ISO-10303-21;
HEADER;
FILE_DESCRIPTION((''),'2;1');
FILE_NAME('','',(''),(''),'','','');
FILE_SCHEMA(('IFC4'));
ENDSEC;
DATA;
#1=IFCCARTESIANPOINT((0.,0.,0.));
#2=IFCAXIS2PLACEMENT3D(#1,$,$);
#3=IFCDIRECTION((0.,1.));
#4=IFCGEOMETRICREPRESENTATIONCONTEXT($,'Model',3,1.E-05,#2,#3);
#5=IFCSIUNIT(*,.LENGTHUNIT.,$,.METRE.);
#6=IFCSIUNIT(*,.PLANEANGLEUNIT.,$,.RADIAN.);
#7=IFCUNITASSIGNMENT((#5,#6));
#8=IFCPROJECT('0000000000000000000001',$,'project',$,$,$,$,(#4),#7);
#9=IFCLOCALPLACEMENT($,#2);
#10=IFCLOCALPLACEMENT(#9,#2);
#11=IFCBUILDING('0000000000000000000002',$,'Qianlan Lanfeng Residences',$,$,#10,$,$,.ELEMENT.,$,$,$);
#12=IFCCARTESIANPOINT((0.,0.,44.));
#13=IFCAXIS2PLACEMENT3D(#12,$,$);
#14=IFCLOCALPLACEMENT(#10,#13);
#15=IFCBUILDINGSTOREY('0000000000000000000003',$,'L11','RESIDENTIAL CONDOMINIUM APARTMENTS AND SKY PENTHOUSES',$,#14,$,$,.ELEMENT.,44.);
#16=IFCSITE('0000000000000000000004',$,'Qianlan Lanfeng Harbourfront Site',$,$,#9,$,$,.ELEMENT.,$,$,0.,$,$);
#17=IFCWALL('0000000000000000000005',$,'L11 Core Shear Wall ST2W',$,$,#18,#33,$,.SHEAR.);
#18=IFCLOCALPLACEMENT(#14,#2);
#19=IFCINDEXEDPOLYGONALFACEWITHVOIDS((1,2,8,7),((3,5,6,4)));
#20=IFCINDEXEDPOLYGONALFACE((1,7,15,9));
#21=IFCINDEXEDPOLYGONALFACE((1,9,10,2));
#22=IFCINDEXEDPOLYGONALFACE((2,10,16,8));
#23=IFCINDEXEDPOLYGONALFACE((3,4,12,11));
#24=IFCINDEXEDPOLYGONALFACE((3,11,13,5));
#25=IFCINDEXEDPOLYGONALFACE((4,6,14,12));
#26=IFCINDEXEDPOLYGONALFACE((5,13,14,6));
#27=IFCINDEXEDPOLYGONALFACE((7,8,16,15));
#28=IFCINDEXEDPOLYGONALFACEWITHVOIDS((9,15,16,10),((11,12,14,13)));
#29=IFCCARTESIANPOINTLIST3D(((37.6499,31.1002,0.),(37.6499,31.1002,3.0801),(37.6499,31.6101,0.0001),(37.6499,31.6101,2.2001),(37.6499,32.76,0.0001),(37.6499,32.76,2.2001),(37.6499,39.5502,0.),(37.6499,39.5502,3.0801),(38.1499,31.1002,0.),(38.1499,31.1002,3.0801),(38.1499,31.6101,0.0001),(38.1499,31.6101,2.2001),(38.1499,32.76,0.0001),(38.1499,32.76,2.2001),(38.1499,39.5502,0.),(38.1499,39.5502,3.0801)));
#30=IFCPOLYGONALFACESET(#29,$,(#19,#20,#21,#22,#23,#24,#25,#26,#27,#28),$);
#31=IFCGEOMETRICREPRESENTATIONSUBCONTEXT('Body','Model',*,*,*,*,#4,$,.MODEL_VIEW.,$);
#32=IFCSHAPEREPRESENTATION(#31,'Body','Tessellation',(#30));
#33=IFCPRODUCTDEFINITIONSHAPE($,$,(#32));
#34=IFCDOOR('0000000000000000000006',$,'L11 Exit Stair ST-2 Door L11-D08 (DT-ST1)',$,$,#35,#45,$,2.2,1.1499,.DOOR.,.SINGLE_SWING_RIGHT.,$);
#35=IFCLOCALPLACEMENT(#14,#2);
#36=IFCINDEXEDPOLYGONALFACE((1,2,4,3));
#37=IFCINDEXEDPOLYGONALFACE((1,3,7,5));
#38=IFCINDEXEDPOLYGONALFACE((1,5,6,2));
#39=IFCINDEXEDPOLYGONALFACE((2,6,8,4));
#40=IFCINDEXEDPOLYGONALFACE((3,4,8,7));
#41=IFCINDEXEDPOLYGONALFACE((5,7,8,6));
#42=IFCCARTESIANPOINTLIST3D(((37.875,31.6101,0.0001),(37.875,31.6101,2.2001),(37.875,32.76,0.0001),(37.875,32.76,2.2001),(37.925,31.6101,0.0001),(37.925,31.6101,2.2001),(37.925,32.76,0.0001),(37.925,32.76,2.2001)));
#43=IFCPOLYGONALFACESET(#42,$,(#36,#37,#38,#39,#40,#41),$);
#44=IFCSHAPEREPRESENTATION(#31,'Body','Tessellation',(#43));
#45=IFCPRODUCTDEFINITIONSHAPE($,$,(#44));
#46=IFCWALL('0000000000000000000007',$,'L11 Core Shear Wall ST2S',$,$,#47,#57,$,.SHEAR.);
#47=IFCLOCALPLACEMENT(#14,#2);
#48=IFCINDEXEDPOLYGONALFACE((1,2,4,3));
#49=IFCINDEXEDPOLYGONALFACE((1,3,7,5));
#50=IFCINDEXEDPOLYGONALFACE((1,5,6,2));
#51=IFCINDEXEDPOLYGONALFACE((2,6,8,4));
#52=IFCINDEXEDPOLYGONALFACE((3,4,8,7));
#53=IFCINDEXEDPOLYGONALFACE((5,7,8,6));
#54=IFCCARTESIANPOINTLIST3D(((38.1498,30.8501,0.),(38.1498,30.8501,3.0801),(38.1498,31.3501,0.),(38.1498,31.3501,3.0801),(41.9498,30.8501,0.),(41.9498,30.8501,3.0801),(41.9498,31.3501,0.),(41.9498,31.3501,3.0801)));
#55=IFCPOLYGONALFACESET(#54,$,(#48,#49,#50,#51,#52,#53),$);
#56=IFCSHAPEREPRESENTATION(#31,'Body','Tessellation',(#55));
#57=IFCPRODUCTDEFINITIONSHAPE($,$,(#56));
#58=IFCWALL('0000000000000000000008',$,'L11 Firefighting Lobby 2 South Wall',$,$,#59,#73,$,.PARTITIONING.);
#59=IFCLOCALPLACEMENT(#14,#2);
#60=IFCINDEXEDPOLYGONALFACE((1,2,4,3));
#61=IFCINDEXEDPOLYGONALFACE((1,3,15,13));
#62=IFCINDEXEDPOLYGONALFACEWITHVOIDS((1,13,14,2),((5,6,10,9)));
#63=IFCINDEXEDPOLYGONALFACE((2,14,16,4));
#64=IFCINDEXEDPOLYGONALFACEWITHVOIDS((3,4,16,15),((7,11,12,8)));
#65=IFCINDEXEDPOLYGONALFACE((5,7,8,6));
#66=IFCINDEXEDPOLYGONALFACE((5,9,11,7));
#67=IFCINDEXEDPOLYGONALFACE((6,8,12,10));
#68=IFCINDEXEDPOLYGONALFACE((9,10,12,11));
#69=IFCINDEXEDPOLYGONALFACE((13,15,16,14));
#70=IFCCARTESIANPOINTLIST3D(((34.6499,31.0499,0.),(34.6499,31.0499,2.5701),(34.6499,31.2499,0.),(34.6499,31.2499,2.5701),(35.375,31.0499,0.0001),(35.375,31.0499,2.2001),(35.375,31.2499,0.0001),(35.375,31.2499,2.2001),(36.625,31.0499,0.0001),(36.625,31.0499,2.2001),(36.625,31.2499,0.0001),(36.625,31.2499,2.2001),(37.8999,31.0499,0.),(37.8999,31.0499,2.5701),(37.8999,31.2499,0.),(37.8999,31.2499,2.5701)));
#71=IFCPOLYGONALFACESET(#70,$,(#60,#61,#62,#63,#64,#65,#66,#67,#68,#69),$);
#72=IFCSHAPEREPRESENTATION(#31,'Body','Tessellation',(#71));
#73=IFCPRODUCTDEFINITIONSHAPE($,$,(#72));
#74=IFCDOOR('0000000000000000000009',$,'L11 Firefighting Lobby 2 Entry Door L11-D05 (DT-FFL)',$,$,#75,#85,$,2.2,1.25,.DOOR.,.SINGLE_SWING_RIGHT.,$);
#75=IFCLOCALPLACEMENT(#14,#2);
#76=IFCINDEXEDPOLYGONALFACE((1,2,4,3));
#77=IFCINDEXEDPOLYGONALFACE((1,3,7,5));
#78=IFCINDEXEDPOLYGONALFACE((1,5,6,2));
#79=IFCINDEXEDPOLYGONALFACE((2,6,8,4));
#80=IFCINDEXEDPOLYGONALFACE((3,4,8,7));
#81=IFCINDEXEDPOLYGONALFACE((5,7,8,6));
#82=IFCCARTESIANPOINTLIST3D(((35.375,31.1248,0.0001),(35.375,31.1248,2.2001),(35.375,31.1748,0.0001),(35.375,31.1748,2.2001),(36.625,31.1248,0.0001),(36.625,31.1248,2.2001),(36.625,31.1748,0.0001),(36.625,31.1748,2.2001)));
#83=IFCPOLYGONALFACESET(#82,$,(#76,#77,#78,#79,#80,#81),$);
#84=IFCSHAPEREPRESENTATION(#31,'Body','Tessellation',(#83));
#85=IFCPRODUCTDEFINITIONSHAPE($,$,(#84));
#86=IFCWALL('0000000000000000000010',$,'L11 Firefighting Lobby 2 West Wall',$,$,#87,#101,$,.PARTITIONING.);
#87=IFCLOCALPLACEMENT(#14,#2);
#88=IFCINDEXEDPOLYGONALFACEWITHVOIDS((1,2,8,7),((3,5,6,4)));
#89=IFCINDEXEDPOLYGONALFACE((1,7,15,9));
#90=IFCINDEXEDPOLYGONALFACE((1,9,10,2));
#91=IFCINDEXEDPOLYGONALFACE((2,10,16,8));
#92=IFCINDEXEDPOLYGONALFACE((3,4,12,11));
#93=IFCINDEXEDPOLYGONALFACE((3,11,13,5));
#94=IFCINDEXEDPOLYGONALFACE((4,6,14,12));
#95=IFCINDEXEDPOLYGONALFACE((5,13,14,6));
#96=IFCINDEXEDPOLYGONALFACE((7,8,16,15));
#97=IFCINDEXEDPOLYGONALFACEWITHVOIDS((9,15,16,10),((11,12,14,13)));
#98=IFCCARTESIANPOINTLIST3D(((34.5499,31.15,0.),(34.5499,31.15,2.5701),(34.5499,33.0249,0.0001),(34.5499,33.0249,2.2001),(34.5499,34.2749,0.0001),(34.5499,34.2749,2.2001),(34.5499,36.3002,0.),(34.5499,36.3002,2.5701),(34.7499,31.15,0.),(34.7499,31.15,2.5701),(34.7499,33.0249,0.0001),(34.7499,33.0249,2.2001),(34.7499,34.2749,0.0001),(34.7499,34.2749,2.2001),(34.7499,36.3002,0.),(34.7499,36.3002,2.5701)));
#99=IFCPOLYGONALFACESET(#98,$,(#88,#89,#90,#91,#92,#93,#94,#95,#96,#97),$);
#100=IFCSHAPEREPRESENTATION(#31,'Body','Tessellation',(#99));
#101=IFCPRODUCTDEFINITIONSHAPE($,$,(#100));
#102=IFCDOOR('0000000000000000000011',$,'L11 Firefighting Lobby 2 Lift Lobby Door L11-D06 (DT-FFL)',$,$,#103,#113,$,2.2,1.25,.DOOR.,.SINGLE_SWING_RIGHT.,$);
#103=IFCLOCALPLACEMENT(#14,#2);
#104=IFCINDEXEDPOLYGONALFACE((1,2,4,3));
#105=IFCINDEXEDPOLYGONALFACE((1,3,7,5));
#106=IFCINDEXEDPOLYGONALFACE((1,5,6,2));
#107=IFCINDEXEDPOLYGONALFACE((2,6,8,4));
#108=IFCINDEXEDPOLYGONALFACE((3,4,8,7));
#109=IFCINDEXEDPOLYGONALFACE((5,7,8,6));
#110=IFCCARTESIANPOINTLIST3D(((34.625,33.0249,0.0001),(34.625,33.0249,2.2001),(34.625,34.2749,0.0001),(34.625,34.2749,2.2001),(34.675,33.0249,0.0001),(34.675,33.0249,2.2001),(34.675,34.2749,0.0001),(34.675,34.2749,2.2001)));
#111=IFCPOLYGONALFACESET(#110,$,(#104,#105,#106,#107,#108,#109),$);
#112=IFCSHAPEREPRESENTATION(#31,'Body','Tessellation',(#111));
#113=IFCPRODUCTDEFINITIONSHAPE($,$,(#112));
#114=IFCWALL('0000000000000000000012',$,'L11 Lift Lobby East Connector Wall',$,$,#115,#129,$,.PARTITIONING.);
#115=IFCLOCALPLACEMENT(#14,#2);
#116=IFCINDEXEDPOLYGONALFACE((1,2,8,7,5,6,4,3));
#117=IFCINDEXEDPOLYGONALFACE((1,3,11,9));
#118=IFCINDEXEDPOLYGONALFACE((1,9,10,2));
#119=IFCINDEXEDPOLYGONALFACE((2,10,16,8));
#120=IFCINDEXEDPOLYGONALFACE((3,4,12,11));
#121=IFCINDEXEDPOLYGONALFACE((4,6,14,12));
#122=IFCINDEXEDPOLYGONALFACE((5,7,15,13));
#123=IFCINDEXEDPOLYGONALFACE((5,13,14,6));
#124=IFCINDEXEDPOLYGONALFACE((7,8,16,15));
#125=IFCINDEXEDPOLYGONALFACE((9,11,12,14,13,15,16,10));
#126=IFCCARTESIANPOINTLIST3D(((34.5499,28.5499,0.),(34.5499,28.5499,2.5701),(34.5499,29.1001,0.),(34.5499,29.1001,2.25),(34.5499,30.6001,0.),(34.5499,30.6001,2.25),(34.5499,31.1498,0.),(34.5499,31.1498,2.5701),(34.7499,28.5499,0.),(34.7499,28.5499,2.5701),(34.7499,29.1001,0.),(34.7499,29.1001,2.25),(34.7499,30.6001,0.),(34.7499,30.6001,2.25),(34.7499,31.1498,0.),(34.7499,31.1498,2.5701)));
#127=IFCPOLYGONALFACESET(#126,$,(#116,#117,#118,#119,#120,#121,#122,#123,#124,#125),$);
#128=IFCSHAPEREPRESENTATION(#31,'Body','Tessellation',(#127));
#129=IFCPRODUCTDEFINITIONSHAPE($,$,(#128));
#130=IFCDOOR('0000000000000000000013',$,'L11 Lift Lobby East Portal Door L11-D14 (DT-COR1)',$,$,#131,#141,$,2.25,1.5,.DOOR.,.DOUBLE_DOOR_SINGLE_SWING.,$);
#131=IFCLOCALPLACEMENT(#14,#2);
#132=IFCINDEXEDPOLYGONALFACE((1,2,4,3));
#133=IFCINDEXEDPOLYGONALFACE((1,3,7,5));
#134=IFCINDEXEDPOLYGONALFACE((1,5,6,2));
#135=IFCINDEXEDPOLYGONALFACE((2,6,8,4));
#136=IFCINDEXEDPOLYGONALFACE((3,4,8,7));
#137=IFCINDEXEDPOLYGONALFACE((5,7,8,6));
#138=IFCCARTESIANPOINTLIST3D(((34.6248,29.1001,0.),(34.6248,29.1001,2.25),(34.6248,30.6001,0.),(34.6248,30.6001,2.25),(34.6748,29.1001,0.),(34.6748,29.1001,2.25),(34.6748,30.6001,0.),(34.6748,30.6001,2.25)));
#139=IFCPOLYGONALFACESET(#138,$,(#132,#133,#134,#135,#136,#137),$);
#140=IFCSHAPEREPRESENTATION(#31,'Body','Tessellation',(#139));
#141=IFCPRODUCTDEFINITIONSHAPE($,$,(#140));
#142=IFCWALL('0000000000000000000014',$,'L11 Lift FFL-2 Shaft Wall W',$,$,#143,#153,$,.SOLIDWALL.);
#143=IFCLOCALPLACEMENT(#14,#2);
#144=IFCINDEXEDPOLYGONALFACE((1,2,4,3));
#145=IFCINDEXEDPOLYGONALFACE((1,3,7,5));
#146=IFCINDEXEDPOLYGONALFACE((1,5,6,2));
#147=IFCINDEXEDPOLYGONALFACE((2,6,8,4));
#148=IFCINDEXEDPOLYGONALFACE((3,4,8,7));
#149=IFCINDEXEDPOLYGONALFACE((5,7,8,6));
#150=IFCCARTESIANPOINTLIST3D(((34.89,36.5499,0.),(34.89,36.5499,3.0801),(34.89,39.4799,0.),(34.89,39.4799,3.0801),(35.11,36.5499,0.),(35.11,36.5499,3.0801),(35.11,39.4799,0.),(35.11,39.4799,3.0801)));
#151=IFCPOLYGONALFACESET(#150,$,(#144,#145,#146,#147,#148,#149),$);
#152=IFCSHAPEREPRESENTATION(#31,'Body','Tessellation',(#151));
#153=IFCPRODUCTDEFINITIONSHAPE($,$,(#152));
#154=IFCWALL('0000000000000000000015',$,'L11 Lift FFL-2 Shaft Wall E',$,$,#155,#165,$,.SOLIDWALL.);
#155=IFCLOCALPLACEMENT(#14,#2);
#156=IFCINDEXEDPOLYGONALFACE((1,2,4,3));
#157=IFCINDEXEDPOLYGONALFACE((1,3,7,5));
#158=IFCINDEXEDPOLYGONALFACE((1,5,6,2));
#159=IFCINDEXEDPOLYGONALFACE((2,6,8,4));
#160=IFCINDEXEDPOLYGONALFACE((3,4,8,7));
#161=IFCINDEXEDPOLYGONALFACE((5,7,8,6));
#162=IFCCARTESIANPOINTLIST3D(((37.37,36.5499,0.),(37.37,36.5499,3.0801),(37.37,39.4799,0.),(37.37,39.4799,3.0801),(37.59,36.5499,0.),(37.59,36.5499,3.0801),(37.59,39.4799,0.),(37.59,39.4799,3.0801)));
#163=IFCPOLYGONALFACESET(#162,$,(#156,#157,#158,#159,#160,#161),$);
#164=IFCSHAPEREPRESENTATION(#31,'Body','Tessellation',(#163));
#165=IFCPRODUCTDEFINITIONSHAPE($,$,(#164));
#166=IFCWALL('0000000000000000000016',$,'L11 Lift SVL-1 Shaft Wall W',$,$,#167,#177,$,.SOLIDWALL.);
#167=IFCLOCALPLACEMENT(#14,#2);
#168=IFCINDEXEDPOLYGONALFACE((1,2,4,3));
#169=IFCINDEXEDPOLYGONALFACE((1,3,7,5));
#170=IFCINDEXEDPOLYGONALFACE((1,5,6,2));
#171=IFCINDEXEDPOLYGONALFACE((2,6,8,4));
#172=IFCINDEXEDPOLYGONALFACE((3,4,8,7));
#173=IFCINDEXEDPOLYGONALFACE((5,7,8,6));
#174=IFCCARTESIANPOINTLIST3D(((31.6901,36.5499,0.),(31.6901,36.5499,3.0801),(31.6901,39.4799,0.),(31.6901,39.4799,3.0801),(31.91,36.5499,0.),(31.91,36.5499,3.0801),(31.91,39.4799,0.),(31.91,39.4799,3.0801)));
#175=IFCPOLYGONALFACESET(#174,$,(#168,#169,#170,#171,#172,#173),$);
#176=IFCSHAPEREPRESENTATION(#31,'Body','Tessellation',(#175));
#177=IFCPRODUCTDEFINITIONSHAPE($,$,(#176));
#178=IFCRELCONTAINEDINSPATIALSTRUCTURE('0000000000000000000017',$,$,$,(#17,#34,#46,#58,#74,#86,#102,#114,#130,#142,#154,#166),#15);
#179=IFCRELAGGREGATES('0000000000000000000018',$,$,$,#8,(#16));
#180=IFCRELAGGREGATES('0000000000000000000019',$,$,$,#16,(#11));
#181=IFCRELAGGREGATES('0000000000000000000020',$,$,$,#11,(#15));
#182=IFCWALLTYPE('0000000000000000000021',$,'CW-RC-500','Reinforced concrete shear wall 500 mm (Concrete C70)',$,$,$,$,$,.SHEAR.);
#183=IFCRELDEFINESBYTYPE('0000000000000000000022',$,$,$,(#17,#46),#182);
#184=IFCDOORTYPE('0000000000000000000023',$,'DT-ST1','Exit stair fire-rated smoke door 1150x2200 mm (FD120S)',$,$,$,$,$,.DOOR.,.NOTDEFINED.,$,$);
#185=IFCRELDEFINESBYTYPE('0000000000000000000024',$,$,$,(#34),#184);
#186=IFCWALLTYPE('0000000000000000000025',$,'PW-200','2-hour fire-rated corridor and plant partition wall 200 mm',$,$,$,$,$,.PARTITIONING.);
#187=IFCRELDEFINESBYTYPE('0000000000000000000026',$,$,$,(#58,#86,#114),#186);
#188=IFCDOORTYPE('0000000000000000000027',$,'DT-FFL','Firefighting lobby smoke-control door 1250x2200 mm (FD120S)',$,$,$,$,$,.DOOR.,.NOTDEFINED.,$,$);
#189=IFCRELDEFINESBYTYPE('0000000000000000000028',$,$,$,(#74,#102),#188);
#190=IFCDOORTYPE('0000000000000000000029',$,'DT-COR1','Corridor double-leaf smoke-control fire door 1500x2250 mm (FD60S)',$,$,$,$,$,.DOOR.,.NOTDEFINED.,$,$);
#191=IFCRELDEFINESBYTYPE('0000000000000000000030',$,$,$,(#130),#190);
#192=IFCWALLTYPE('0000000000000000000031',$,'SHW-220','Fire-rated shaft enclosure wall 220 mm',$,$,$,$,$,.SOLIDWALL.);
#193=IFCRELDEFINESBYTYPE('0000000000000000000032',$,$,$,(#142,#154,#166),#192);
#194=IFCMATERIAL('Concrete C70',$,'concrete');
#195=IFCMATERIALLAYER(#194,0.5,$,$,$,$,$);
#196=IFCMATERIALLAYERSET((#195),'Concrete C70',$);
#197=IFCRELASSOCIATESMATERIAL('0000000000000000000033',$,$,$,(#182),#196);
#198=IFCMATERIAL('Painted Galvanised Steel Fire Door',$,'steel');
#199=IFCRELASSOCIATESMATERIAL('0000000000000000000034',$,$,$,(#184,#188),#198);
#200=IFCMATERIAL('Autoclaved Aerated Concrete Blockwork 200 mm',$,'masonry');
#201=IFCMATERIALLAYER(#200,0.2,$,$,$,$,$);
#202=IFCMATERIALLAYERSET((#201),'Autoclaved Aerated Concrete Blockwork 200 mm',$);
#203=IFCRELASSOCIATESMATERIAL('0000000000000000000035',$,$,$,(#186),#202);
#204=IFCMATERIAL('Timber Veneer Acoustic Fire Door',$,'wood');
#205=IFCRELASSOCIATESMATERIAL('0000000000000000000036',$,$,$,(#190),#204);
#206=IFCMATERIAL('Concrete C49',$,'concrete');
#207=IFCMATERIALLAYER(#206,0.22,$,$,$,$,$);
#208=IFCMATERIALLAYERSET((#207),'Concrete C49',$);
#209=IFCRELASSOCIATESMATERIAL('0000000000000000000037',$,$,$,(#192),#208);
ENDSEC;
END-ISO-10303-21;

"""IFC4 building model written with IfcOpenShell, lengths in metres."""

from ifc_helpers import new_model, si_unit, direction, frame, frame_2d, origin, place, context, subcontext, project, spatial, rectangle, extrude, material, layer, layer_set, type_object, element, fill, save


model = new_model("IFC4")

# Units and contexts
model_context = context("Model", 3, precision=1e-05, world=origin(), true_north=direction((0.0, 1.0)))
body_context = subcontext(model_context, "Body", "Model", "MODEL_VIEW")
ifc_project = project(units=[si_unit("LENGTHUNIT", "METRE"), si_unit("PLANEANGLEUNIT", "RADIAN")], contexts=[model_context])

# Site, building, storey
site_placement = place(None, origin())
site = spatial("IfcSite", under=ifc_project, at=site_placement, Name="Qianlan Lanfeng Harbourfront Site", CompositionType="ELEMENT", RefElevation=0.0)
building_placement = place(site_placement, origin())
building = spatial("IfcBuilding", under=site, at=building_placement, Name="Qianlan Lanfeng Residences", CompositionType="ELEMENT")
storey_placement = place(building_placement, frame((0.0, 0.0, 44.0)))
storey = spatial("IfcBuildingStorey", under=building, at=storey_placement, Name="L11", Description="RESIDENTIAL CONDOMINIUM APARTMENTS AND SKY PENTHOUSES", CompositionType="ELEMENT", Elevation=44.0)

# Wall, opening, door
ifc_material_1 = material(Name="Concrete C70", Category="concrete")
ifc_layer_1 = layer(ifc_material_1, 0.5)
ifc_layer_set_1 = layer_set([ifc_layer_1], Name="Concrete C70")
wall_type_1 = type_object("IfcWallType", Name="CW-RC-500", Description="Reinforced concrete shear wall 500 mm (Concrete C70)", PredefinedType="SHEAR", material=ifc_layer_set_1)
wall_1_placement = place(storey_placement, frame((37.8999, 31.1001, 0.0), z_axis=(0.0, 0.0, 1.0), x_axis=(0.0, 1.0, 0.0)))
wall_1 = element("IfcWall", 1, at=wall_1_placement, inside=storey, type_object=wall_type_1, Name="L11 Core Shear Wall ST2W", PredefinedType="SHEAR", context=body_context, shape_type="SweptSolid", body=[
    extrude(rectangle(XDim=8.45, YDim=0.5, at=frame_2d((4.2251, 0.0))), origin(), (0.0, 0.0, 1.0), 3.0801),
])
opening_1_placement = place(wall_1_placement, frame((0.51, 0.0, 0.0)))
opening_1 = element("IfcOpeningElement", 2, at=opening_1_placement, cuts=wall_1, PredefinedType="OPENING", context=body_context, shape_type="SweptSolid", body=[
    extrude(rectangle(XDim=1.1499, YDim=2.2, at=frame_2d((0.575, 1.1001))), frame((0.0, 0.26, 0.0), z_axis=(0.0, -1.0, 0.0), x_axis=(1.0, 0.0, 0.0)), (0.0, 0.0, 1.0), 0.52),
])
ifc_material_2 = material(Name="Painted Galvanised Steel Fire Door", Category="steel")
door_type_1 = type_object("IfcDoorType", Name="DT-ST1", Description="Exit stair fire-rated smoke door 1150x2200 mm (FD120S)", OperationType="NOTDEFINED", PredefinedType="DOOR", material=ifc_material_2)
door_1_placement = place(opening_1_placement, origin())
door_1 = element("IfcDoor", 3, at=door_1_placement, inside=storey, type_object=door_type_1, Name="L11 Exit Stair ST-2 Door L11-D08 (DT-ST1)", OperationType="SINGLE_SWING_RIGHT", OverallHeight=2.2, OverallWidth=1.1499, PredefinedType="DOOR", context=body_context, shape_type="SweptSolid", body=[
    extrude(rectangle(XDim=1.1499, YDim=2.2, at=frame_2d((0.575, 1.1001))), frame((0.0, 0.0249, 0.0), z_axis=(0.0, -1.0, 0.0), x_axis=(1.0, 0.0, 0.0)), (0.0, 0.0, 1.0), 0.05),
])
fill(opening_1, door_1)

# Wall
wall_2_placement = place(storey_placement, frame((38.1499, 31.1001, 0.0), z_axis=(0.0, 0.0, 1.0), x_axis=(1.0, 0.0, 0.0)))
element("IfcWall", 4, at=wall_2_placement, inside=storey, type_object=wall_type_1, Name="L11 Core Shear Wall ST2S", PredefinedType="SHEAR", context=body_context, shape_type="SweptSolid", body=[
    extrude(rectangle(XDim=3.8, YDim=0.5, at=frame_2d((1.8999, 0.0))), origin(), (0.0, 0.0, 1.0), 3.0801),
])

# Walls, openings, doors
ifc_material_3 = material(Name="Autoclaved Aerated Concrete Blockwork 200 mm", Category="masonry")
ifc_layer_2 = layer(ifc_material_3, 0.2)
ifc_layer_set_2 = layer_set([ifc_layer_2], Name="Autoclaved Aerated Concrete Blockwork 200 mm")
wall_type_2 = type_object("IfcWallType", Name="PW-200", Description="2-hour fire-rated corridor and plant partition wall 200 mm", PredefinedType="PARTITIONING", material=ifc_layer_set_2)
wall_3_placement = place(storey_placement, frame((34.6499, 31.1499, 0.0), z_axis=(0.0, 0.0, 1.0), x_axis=(1.0, 0.0, 0.0)))
wall_3 = element("IfcWall", 5, at=wall_3_placement, inside=storey, type_object=wall_type_2, Name="L11 Firefighting Lobby 2 South Wall", PredefinedType="PARTITIONING", context=body_context, shape_type="SweptSolid", body=[
    extrude(rectangle(XDim=3.25, YDim=0.2, at=frame_2d((1.625, 0.0))), origin(), (0.0, 0.0, 1.0), 2.5701),
])
opening_2_placement = place(wall_3_placement, frame((0.7251, 0.0, 0.0)))
opening_2 = element("IfcOpeningElement", 6, at=opening_2_placement, cuts=wall_3, PredefinedType="OPENING", context=body_context, shape_type="SweptSolid", body=[
    extrude(rectangle(XDim=1.25, YDim=2.2, at=frame_2d((0.625, 1.1001))), frame((0.0, 0.1099, 0.0), z_axis=(0.0, -1.0, 0.0), x_axis=(1.0, 0.0, 0.0)), (0.0, 0.0, 1.0), 0.22),
])
door_type_2 = type_object("IfcDoorType", Name="DT-FFL", Description="Firefighting lobby smoke-control door 1250x2200 mm (FD120S)", OperationType="NOTDEFINED", PredefinedType="DOOR", material=ifc_material_2)
door_2_placement = place(opening_2_placement, origin())
door_2 = element("IfcDoor", 7, at=door_2_placement, inside=storey, type_object=door_type_2, Name="L11 Firefighting Lobby 2 Entry Door L11-D05 (DT-FFL)", OperationType="SINGLE_SWING_RIGHT", OverallHeight=2.2, OverallWidth=1.25, PredefinedType="DOOR", context=body_context, shape_type="SweptSolid", body=[
    extrude(rectangle(XDim=1.25, YDim=2.2, at=frame_2d((0.625, 1.1001))), frame((0.0, 0.0249, 0.0), z_axis=(0.0, -1.0, 0.0), x_axis=(1.0, 0.0, 0.0)), (0.0, 0.0, 1.0), 0.05),
])
fill(opening_2, door_2)
wall_4_placement = place(storey_placement, frame((34.6499, 31.1499, 0.0), z_axis=(0.0, 0.0, 1.0), x_axis=(0.0, 1.0, 0.0)))
wall_4 = element("IfcWall", 8, at=wall_4_placement, inside=storey, type_object=wall_type_2, Name="L11 Firefighting Lobby 2 West Wall", PredefinedType="PARTITIONING", context=body_context, shape_type="SweptSolid", body=[
    extrude(rectangle(XDim=5.1501, YDim=0.2, at=frame_2d((2.5752, 0.0))), origin(), (0.0, 0.0, 1.0), 2.5701),
])
opening_3_placement = place(wall_4_placement, frame((1.875, 0.0, 0.0)))
opening_3 = element("IfcOpeningElement", 9, at=opening_3_placement, cuts=wall_4, PredefinedType="OPENING", context=body_context, shape_type="SweptSolid", body=[
    extrude(rectangle(XDim=1.25, YDim=2.2, at=frame_2d((0.625, 1.1001))), frame((0.0, 0.1099, 0.0), z_axis=(0.0, -1.0, 0.0), x_axis=(1.0, 0.0, 0.0)), (0.0, 0.0, 1.0), 0.22),
])
door_3_placement = place(opening_3_placement, origin())
door_3 = element("IfcDoor", 10, at=door_3_placement, inside=storey, type_object=door_type_2, Name="L11 Firefighting Lobby 2 Lift Lobby Door L11-D06 (DT-FFL)", OperationType="SINGLE_SWING_RIGHT", OverallHeight=2.2, OverallWidth=1.25, PredefinedType="DOOR", context=body_context, shape_type="SweptSolid", body=[
    extrude(rectangle(XDim=1.25, YDim=2.2, at=frame_2d((0.625, 1.1001))), frame((0.0, 0.0249, 0.0), z_axis=(0.0, -1.0, 0.0), x_axis=(1.0, 0.0, 0.0)), (0.0, 0.0, 1.0), 0.05),
])
fill(opening_3, door_3)
wall_5_placement = place(storey_placement, frame((34.6499, 28.55, 0.0), z_axis=(0.0, 0.0, 1.0), x_axis=(0.0, 1.0, 0.0)))
wall_5 = element("IfcWall", 11, at=wall_5_placement, inside=storey, type_object=wall_type_2, Name="L11 Lift Lobby East Connector Wall", PredefinedType="PARTITIONING", context=body_context, shape_type="SweptSolid", body=[
    extrude(rectangle(XDim=2.5999, YDim=0.2, at=frame_2d((1.2998, 0.0))), origin(), (0.0, 0.0, 1.0), 2.5701),
])
opening_4_placement = place(wall_5_placement, frame((0.55, 0.0, 0.0)))
opening_4 = element("IfcOpeningElement", 12, at=opening_4_placement, cuts=wall_5, PredefinedType="OPENING", context=body_context, shape_type="SweptSolid", body=[
    extrude(rectangle(XDim=1.5, YDim=2.25, at=frame_2d((0.75, 1.125))), frame((0.0, 0.1099, 0.0), z_axis=(0.0, -1.0, 0.0), x_axis=(1.0, 0.0, 0.0)), (0.0, 0.0, 1.0), 0.22),
])
ifc_material_4 = material(Name="Timber Veneer Acoustic Fire Door", Category="wood")
door_type_3 = type_object("IfcDoorType", Name="DT-COR1", Description="Corridor double-leaf smoke-control fire door 1500x2250 mm (FD60S)", OperationType="NOTDEFINED", PredefinedType="DOOR", material=ifc_material_4)
door_4_placement = place(opening_4_placement, frame((1.5, 0.0, 0.0), z_axis=(0.0, 0.0, 1.0), x_axis=(-1.0, 0.0, 0.0)))
door_4 = element("IfcDoor", 13, at=door_4_placement, inside=storey, type_object=door_type_3, Name="L11 Lift Lobby East Portal Door L11-D14 (DT-COR1)", OperationType="DOUBLE_DOOR_SINGLE_SWING", OverallHeight=2.25, OverallWidth=1.5, PredefinedType="DOOR", context=body_context, shape_type="SweptSolid", body=[
    extrude(rectangle(XDim=1.5, YDim=2.25, at=frame_2d((0.75, 1.125))), frame((0.0, 0.0249, 0.0), z_axis=(0.0, -1.0, 0.0), x_axis=(1.0, 0.0, 0.0)), (0.0, 0.0, 1.0), 0.05),
])
fill(opening_4, door_4)

# Walls
ifc_material_5 = material(Name="Concrete C49", Category="concrete")
ifc_layer_3 = layer(ifc_material_5, 0.22)
ifc_layer_set_3 = layer_set([ifc_layer_3], Name="Concrete C49")
wall_type_3 = type_object("IfcWallType", Name="SHW-220", Description="Fire-rated shaft enclosure wall 220 mm", PredefinedType="SOLIDWALL", material=ifc_layer_set_3)
for number, where, z_axis, x_axis, name in (
    (14, (35.0, 36.55, 0.0), (0.0, 0.0, 1.0), (0.0, 1.0, 0.0), "L11 Lift FFL-2 Shaft Wall W"),
    (15, (37.48, 36.55, 0.0), (0.0, 0.0, 1.0), (0.0, 1.0, 0.0), "L11 Lift FFL-2 Shaft Wall E"),
    (16, (31.8, 36.55, 0.0), (0.0, 0.0, 1.0), (0.0, 1.0, 0.0), "L11 Lift SVL-1 Shaft Wall W"),
):
    element("IfcWall", number, at=place(storey_placement, frame(where, z_axis=z_axis, x_axis=x_axis)), inside=storey, type_object=wall_type_3, Name=name, PredefinedType="SOLIDWALL", context=body_context, shape_type="SweptSolid", body=[
        extrude(rectangle(XDim=2.9299, YDim=0.22, at=frame_2d((1.4648, 0.0))), origin(), (0.0, 0.0, 1.0), 3.0801),
    ])

save(model, "model.ifc")
